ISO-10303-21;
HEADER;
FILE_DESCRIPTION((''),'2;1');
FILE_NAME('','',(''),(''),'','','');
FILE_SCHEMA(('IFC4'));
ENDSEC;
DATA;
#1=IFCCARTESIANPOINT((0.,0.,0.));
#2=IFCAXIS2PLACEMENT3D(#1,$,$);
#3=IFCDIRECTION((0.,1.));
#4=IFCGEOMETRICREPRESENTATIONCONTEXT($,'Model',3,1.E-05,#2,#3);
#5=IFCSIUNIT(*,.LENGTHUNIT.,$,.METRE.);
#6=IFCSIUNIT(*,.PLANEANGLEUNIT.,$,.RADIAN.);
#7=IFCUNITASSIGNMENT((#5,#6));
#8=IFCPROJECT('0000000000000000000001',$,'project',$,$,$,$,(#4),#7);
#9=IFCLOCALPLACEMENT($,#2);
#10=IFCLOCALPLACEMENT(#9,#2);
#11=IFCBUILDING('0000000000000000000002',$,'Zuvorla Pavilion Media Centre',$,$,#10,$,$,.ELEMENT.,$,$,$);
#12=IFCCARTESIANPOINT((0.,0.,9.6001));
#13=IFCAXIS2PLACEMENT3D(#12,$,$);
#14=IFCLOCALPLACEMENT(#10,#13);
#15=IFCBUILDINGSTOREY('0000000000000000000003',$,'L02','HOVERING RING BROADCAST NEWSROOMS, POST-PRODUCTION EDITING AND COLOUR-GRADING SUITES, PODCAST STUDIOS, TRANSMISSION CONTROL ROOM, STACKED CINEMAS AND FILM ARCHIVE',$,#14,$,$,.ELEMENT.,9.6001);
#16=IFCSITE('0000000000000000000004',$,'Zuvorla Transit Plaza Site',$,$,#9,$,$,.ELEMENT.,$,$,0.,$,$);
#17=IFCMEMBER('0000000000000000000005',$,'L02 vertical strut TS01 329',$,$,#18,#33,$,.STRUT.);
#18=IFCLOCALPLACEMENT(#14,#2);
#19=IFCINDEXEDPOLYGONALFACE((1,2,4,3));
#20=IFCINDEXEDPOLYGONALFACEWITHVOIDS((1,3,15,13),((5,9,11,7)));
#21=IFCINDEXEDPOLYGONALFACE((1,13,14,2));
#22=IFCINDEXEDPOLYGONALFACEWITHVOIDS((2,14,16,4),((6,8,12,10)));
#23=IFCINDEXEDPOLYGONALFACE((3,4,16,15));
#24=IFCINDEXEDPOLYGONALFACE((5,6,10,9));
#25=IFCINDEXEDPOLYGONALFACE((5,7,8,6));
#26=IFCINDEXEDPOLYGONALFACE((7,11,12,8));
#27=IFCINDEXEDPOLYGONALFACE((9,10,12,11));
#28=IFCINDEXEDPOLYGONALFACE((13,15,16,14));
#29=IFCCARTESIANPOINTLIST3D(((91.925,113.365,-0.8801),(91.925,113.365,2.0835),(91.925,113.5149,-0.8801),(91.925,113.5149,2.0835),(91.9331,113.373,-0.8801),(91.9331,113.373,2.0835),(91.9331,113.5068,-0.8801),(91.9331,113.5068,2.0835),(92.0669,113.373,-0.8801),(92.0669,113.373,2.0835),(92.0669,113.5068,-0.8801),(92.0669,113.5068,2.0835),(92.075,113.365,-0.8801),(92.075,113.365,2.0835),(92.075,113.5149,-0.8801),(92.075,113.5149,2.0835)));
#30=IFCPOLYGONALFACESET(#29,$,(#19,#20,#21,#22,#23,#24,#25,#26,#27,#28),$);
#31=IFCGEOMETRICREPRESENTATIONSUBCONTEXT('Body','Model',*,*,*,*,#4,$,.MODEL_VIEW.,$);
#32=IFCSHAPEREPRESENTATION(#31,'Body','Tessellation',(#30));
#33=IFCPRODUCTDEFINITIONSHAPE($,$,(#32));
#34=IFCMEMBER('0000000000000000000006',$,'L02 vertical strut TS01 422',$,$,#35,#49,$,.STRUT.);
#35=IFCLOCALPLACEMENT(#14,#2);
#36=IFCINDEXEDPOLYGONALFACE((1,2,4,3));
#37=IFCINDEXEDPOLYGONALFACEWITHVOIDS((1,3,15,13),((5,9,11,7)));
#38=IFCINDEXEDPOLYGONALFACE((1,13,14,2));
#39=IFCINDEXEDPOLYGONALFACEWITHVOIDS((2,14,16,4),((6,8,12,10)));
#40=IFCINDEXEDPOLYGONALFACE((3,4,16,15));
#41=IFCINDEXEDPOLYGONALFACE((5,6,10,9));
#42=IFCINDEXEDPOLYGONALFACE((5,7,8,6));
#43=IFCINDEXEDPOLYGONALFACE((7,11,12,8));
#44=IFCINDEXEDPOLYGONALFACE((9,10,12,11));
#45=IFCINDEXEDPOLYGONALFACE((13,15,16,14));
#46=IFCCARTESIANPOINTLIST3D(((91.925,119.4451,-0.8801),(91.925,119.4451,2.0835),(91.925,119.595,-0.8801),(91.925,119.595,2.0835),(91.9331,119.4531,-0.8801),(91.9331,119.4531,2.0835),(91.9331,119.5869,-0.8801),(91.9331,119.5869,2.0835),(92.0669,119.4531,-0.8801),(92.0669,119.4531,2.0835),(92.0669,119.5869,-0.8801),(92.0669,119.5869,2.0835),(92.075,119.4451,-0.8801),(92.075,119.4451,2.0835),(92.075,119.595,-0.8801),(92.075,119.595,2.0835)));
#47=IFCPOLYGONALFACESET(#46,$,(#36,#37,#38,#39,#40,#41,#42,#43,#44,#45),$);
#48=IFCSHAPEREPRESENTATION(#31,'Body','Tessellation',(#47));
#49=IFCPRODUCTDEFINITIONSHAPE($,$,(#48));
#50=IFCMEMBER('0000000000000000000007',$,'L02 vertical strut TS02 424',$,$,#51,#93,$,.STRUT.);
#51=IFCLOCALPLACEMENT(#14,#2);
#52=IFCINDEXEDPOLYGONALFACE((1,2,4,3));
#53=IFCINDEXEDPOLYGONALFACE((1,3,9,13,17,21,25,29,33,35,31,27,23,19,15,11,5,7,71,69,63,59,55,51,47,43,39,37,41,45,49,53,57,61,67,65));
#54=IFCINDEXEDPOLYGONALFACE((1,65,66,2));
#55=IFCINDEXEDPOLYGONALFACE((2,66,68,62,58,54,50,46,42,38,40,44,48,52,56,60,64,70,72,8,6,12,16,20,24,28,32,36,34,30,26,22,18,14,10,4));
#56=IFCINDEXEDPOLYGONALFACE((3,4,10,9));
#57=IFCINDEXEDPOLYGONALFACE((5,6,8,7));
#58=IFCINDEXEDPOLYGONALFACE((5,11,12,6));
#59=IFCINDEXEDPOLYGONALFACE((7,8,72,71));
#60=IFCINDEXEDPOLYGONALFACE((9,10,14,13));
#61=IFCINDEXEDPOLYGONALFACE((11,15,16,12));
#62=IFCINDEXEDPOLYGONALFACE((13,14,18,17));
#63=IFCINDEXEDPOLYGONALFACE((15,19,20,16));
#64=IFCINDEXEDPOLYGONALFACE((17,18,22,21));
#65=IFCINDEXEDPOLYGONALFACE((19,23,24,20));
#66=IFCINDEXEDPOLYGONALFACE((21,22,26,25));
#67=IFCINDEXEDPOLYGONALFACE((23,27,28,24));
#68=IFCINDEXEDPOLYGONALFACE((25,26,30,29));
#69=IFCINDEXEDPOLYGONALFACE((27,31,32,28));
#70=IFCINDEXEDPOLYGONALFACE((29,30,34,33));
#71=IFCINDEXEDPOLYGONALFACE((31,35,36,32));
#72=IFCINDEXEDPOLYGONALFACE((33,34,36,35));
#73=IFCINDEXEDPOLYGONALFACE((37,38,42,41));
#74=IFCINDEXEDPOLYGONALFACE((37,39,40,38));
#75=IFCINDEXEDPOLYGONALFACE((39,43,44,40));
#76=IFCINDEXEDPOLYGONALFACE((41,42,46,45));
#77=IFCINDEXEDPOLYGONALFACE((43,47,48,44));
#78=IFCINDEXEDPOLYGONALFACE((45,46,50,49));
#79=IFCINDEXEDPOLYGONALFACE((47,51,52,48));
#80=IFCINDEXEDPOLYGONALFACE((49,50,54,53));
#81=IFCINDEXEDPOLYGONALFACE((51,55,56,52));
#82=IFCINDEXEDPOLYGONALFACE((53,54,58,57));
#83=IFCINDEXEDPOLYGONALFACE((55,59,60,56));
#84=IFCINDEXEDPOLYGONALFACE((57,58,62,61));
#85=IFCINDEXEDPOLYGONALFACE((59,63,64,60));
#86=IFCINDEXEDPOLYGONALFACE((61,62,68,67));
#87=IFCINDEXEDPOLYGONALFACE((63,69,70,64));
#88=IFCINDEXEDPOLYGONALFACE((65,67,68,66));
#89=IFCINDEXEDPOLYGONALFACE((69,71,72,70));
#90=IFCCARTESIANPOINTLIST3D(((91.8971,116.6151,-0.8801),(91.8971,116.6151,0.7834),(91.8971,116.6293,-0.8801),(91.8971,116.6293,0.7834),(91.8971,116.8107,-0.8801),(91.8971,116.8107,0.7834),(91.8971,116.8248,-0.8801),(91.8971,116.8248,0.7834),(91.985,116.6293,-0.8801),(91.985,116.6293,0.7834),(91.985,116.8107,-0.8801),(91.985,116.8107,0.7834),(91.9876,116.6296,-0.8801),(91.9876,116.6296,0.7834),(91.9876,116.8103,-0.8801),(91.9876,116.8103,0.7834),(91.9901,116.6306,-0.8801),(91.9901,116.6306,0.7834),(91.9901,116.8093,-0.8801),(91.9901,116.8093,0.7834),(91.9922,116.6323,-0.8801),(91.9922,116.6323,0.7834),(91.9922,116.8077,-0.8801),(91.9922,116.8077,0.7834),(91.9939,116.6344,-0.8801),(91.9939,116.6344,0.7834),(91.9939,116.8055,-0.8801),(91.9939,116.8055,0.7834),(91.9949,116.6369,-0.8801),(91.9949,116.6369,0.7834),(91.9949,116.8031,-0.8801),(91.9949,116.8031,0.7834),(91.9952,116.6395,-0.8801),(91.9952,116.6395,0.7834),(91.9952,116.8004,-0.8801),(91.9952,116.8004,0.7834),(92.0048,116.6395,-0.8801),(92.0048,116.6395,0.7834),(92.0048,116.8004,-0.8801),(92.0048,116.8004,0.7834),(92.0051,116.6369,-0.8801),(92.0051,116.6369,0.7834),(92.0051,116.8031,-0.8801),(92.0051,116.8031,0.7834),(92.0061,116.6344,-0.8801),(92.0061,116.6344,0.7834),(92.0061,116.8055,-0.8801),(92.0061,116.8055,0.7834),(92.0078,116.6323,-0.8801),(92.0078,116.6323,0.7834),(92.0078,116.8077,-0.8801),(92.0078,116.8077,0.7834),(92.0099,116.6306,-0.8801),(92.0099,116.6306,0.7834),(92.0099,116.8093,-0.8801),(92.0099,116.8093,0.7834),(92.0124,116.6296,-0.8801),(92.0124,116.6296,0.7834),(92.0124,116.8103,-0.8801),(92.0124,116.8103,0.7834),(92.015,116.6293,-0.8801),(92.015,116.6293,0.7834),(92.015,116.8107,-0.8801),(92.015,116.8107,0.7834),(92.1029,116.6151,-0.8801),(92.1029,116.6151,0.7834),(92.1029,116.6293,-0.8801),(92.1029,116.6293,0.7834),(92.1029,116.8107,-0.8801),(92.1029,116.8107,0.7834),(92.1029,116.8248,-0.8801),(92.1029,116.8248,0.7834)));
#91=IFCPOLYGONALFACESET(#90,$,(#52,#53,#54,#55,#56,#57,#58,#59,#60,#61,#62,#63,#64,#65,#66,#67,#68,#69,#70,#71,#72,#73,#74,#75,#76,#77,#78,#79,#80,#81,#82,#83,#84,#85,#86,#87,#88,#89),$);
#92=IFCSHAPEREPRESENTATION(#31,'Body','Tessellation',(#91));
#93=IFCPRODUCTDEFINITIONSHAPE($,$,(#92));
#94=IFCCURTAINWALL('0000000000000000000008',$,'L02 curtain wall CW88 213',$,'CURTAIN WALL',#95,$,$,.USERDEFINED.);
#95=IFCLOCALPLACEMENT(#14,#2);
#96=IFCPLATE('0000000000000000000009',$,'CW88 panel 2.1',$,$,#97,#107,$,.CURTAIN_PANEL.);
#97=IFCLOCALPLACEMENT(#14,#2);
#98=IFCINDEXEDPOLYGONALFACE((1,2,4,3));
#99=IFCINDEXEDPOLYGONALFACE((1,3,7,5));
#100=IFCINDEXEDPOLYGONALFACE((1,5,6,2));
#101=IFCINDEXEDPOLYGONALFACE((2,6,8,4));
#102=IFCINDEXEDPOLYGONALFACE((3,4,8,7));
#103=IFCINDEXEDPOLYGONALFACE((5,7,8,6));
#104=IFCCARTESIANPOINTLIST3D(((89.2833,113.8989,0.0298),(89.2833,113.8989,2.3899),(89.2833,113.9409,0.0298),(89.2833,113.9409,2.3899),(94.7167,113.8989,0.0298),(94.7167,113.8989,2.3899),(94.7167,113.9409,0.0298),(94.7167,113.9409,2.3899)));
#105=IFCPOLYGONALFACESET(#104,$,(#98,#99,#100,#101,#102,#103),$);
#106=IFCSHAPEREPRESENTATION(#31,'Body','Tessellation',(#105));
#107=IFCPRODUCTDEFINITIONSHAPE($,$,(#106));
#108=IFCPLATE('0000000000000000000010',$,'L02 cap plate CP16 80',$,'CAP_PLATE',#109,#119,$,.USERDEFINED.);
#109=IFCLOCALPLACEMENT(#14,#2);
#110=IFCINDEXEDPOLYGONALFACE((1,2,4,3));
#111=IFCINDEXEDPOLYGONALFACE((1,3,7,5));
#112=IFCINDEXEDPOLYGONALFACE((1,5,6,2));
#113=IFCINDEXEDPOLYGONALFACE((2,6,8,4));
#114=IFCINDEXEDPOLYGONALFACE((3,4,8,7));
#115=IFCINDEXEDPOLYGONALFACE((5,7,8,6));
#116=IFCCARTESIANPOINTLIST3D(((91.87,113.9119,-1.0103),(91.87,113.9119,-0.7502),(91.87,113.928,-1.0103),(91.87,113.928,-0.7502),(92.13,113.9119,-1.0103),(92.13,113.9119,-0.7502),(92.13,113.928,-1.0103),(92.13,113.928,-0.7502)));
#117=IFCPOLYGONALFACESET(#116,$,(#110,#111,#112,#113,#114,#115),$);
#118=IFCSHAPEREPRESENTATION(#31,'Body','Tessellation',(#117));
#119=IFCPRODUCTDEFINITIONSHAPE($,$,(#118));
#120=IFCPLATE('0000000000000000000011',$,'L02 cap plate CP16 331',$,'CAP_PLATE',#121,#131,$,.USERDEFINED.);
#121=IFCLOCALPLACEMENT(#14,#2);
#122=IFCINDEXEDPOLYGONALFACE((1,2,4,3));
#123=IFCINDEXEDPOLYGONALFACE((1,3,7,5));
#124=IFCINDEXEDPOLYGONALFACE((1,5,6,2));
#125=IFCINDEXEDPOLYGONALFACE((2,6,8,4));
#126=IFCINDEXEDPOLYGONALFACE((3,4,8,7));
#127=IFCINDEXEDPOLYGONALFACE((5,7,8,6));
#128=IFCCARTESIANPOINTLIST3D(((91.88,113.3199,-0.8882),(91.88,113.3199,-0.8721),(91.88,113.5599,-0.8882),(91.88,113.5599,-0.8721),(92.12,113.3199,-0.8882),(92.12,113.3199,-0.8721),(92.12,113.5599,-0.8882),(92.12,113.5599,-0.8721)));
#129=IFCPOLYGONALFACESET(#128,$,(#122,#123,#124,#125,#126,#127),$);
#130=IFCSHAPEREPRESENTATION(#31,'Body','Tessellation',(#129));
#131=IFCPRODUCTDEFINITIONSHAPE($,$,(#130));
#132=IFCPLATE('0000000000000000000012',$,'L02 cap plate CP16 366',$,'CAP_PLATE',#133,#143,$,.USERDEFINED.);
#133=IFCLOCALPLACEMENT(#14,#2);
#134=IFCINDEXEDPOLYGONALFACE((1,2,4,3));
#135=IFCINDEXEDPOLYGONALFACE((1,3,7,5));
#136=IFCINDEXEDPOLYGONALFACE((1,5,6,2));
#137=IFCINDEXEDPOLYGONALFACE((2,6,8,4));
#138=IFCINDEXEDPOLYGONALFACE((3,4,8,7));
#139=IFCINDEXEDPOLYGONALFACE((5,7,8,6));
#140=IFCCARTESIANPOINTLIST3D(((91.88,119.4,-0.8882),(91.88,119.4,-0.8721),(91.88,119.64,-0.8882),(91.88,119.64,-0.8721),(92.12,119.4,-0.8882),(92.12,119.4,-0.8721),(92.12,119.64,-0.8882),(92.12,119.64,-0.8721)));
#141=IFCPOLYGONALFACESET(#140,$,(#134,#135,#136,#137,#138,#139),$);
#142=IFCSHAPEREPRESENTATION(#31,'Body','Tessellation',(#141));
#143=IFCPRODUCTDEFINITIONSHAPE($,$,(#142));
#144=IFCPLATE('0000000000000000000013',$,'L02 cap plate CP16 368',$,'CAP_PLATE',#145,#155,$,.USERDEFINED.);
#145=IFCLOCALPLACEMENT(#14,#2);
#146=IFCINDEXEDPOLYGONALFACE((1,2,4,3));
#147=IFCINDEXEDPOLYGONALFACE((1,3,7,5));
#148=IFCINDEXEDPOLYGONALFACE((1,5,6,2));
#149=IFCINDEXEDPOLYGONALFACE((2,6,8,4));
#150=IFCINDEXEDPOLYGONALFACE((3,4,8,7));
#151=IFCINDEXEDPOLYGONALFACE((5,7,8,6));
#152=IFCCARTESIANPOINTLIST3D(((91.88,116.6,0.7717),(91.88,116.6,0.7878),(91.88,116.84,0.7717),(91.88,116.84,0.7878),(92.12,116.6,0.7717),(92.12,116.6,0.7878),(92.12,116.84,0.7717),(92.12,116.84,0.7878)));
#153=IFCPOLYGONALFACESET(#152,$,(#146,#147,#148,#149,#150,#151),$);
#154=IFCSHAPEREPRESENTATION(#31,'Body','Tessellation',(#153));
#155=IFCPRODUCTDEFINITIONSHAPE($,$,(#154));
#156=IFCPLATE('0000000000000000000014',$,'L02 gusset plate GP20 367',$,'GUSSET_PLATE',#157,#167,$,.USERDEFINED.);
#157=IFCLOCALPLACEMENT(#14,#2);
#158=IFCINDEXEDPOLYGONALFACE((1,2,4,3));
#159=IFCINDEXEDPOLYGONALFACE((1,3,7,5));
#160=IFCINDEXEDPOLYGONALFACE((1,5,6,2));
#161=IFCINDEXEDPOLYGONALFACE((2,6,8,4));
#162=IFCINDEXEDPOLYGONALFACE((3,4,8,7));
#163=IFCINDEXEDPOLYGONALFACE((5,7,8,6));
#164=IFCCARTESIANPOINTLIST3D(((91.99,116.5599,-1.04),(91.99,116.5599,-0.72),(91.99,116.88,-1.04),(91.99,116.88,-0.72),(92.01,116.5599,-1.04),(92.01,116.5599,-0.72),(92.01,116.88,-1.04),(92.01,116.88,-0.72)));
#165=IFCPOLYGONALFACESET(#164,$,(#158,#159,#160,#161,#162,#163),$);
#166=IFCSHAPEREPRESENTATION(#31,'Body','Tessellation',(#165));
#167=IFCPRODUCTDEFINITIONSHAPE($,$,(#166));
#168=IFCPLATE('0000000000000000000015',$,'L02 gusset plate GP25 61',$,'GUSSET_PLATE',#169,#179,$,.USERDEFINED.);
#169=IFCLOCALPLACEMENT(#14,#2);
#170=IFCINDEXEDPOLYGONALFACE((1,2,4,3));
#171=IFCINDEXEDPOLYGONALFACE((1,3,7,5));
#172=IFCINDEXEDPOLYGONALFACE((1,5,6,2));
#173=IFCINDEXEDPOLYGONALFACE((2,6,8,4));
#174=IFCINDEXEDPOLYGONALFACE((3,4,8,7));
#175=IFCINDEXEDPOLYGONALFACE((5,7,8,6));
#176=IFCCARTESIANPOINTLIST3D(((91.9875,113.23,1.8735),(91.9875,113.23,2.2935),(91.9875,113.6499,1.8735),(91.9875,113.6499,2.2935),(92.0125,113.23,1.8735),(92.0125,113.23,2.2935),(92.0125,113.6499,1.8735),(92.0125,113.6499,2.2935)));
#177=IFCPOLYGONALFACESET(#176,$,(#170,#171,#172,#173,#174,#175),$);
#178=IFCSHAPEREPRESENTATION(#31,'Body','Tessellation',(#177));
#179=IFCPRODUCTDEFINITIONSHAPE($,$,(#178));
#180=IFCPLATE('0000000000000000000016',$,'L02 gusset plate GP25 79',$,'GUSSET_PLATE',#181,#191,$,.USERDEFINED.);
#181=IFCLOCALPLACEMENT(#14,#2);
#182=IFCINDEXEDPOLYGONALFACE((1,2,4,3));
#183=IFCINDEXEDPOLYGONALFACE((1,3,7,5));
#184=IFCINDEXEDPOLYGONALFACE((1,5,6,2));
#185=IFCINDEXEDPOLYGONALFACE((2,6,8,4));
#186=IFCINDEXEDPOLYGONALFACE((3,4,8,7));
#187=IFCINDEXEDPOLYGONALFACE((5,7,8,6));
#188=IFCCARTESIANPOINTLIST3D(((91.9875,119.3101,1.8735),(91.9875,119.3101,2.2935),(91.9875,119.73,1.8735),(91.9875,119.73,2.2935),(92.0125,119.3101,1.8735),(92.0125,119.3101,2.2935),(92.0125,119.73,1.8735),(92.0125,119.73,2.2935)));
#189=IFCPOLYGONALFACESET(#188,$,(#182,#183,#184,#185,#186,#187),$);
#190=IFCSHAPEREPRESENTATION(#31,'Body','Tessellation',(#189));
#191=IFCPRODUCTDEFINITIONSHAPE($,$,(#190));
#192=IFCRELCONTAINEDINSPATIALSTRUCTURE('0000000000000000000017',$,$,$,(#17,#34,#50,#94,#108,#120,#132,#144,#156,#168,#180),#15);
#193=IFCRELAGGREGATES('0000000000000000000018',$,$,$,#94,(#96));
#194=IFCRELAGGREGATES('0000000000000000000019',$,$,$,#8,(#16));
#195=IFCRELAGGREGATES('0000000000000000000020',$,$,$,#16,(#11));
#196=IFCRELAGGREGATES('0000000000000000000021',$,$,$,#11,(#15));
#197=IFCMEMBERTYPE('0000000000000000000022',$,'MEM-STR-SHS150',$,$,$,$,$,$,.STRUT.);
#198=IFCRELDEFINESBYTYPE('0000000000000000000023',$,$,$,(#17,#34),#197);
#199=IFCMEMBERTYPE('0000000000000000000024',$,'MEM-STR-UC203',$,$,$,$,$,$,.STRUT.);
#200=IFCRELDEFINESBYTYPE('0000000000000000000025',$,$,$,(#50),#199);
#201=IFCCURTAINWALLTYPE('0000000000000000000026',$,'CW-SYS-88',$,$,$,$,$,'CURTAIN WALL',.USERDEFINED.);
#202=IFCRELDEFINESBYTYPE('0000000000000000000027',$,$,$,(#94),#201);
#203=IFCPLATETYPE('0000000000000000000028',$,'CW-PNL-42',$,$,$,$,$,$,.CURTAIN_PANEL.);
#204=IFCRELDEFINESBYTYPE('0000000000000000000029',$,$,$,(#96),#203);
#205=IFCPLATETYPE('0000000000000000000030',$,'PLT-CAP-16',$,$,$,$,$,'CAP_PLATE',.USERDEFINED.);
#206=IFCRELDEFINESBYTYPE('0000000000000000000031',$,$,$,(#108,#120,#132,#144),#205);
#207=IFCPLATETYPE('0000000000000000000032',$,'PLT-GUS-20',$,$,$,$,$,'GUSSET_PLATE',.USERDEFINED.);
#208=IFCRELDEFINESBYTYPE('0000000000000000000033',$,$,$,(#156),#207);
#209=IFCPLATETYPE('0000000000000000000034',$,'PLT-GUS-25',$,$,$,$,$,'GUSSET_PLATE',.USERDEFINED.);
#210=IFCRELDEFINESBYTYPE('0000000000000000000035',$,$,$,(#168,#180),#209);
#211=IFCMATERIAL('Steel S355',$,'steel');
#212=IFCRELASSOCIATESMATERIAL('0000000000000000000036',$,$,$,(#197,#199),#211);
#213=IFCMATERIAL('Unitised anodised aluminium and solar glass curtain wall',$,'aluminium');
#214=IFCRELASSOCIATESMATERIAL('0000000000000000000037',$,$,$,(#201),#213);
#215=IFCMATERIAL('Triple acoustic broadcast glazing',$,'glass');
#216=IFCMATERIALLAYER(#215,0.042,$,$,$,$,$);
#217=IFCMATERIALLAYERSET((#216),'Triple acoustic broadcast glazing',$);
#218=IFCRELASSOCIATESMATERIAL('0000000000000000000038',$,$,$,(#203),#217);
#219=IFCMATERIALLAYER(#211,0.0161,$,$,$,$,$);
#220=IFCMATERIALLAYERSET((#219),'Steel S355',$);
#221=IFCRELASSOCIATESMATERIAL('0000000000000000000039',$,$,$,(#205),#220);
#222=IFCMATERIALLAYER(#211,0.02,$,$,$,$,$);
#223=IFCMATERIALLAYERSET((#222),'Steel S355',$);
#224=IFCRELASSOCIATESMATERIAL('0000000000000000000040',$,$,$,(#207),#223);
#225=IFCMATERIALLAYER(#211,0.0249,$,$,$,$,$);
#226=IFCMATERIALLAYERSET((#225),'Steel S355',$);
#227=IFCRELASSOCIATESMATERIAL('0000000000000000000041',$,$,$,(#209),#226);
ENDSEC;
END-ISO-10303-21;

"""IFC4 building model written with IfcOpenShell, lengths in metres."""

from ifc_helpers import new_model, si_unit, direction, frame, origin, origin_2d, place, context, subcontext, project, spatial, rectangle, hollow_rectangle, i_section, extrude, material, layer, layer_set, material_profile, profile_set, type_object, element, aggregate, save


model = new_model("IFC4")

# Units and contexts
model_context = context("Model", 3, precision=1e-05, world=origin(), true_north=direction((0.0, 1.0)))
body_context = subcontext(model_context, "Body", "Model", "MODEL_VIEW")
ifc_project = project(units=[si_unit("LENGTHUNIT", "METRE"), si_unit("PLANEANGLEUNIT", "RADIAN")], contexts=[model_context])

# Site, building, storey
site_placement = place(None, origin())
site = spatial("IfcSite", under=ifc_project, at=site_placement, Name="Zuvorla Transit Plaza Site", CompositionType="ELEMENT", RefElevation=0.0)
building_placement = place(site_placement, origin())
building = spatial("IfcBuilding", under=site, at=building_placement, Name="Zuvorla Pavilion Media Centre", CompositionType="ELEMENT")
storey_placement = place(building_placement, frame((0.0, 0.0, 9.6001)))
storey = spatial("IfcBuildingStorey", under=building, at=storey_placement, Name="L02", Description="HOVERING RING BROADCAST NEWSROOMS, POST-PRODUCTION EDITING AND COLOUR-GRADING SUITES, PODCAST STUDIOS, TRANSMISSION CONTROL ROOM, STACKED CINEMAS AND FILM ARCHIVE", CompositionType="ELEMENT", Elevation=9.6001)

# Shared definitions
ifc_material_1 = material(Name="Steel S355", Category="steel")

# Shared definitions
ifc_material_2 = material(Name="Unitised anodised aluminium and solar glass curtain wall", Category="aluminium")

# Members
ifc_material_profile_1 = material_profile(ifc_material_1, hollow_rectangle(XDim=0.1499, YDim=0.1499, WallThickness=0.0081, at=origin_2d()), Name="SHS 150x150x8")
ifc_profile_set_1 = profile_set([ifc_material_profile_1], Name="Steel S355")
member_type_1 = type_object("IfcMemberType", Name="MEM-STR-SHS150", PredefinedType="STRUT", material=ifc_profile_set_1)
for number, where, z_axis, x_axis, name in (
    (1, (92.0, 113.4399, -0.8801), (0.0, 0.0, 1.0), (1.0, 0.0, 0.0), "L02 vertical strut TS01 329"),
    (2, (92.0, 119.52, -0.8801), (0.0, 0.0, 1.0), (1.0, 0.0, 0.0), "L02 vertical strut TS01 422"),
):
    element("IfcMember", number, at=place(storey_placement, frame(where, z_axis=z_axis, x_axis=x_axis)), inside=storey, type_object=member_type_1, Name=name, PredefinedType="STRUT", context=body_context, shape_type="SweptSolid", body=[
        extrude(hollow_rectangle(XDim=0.1499, YDim=0.1499, WallThickness=0.0081, at=origin_2d()), origin(), (0.0, 0.0, 1.0), 2.9636),
    ])
ifc_material_profile_2 = material_profile(ifc_material_1, i_section(OverallWidth=0.2058, OverallDepth=0.2097, WebThickness=0.0095, FlangeThickness=0.0142, FilletRadius=0.0103, at=origin_2d()), Name="UC 203x203x60")
ifc_profile_set_2 = profile_set([ifc_material_profile_2], Name="Steel S355")
member_type_2 = type_object("IfcMemberType", Name="MEM-STR-UC203", PredefinedType="STRUT", material=ifc_profile_set_2)
member_1_placement = place(storey_placement, frame((92.0, 116.72, -0.8801), z_axis=(0.0, 0.0, 1.0), x_axis=(1.0, 0.0, 0.0)))
element("IfcMember", 3, at=member_1_placement, inside=storey, type_object=member_type_2, Name="L02 vertical strut TS02 424", PredefinedType="STRUT", context=body_context, shape_type="SweptSolid", body=[
    extrude(i_section(OverallWidth=0.2058, OverallDepth=0.2097, WebThickness=0.0095, FlangeThickness=0.0142, FilletRadius=0.0103, at=origin_2d()), origin(), (0.0, 0.0, 1.0), 1.6636),
])

# Curtain wall, plate
curtain_wall_type_1 = type_object("IfcCurtainWallType", Name="CW-SYS-88", ElementType="CURTAIN WALL", PredefinedType="USERDEFINED", material=ifc_material_2)
curtain_wall_1_placement = place(storey_placement, origin())
curtain_wall_1 = element("IfcCurtainWall", 4, at=curtain_wall_1_placement, inside=storey, type_object=curtain_wall_type_1, Name="L02 curtain wall CW88 213", ObjectType="CURTAIN WALL", PredefinedType="USERDEFINED")
ifc_material_3 = material(Name="Triple acoustic broadcast glazing", Category="glass")
ifc_layer_1 = layer(ifc_material_3, 0.042)
ifc_layer_set_1 = layer_set([ifc_layer_1], Name="Triple acoustic broadcast glazing")
plate_type_1 = type_object("IfcPlateType", Name="CW-PNL-42", PredefinedType="CURTAIN_PANEL", material=ifc_layer_set_1)
plate_1_placement = place(storey_placement, frame((92.0, 113.9199, 0.0298), z_axis=(0.0, 0.0, 1.0), x_axis=(1.0, 0.0, 0.0)))
plate_1 = element("IfcPlate", 5, at=plate_1_placement, type_object=plate_type_1, Name="CW88 panel 2.1", PredefinedType="CURTAIN_PANEL", context=body_context, shape_type="SweptSolid", body=[
    extrude(rectangle(XDim=5.4333, YDim=0.042, at=origin_2d()), origin(), (0.0, 0.0, 1.0), 2.3601),
])
aggregate(curtain_wall_1, [plate_1])

# Plates
ifc_layer_2 = layer(ifc_material_1, 0.0161)
ifc_layer_set_2 = layer_set([ifc_layer_2], Name="Steel S355")
plate_type_2 = type_object("IfcPlateType", Name="PLT-CAP-16", ElementType="CAP_PLATE", PredefinedType="USERDEFINED", material=ifc_layer_set_2)
plate_2_placement = place(storey_placement, frame((92.0, 113.9199, -1.0103), z_axis=(0.0, 0.0, 1.0), x_axis=(1.0, 0.0, 0.0)))
element("IfcPlate", 6, at=plate_2_placement, inside=storey, type_object=plate_type_2, Name="L02 cap plate CP16 80", ObjectType="CAP_PLATE", PredefinedType="USERDEFINED", context=body_context, shape_type="SweptSolid", body=[
    extrude(rectangle(XDim=0.26, YDim=0.0161, at=origin_2d()), origin(), (0.0, 0.0, 1.0), 0.26),
])
for number, where, z_axis, x_axis, name in (
    (7, (92.0, 113.4399, -0.8882), (0.0, 0.0, 1.0), (1.0, 0.0, 0.0), "L02 cap plate CP16 331"),
    (8, (92.0, 119.52, -0.8882), (0.0, 0.0, 1.0), (1.0, 0.0, 0.0), "L02 cap plate CP16 366"),
    (9, (92.0, 116.72, 0.7717), (0.0, 0.0, 1.0), (1.0, 0.0, 0.0), "L02 cap plate CP16 368"),
):
    element("IfcPlate", number, at=place(storey_placement, frame(where, z_axis=z_axis, x_axis=x_axis)), inside=storey, type_object=plate_type_2, Name=name, ObjectType="CAP_PLATE", PredefinedType="USERDEFINED", context=body_context, shape_type="SweptSolid", body=[
        extrude(rectangle(XDim=0.24, YDim=0.24, at=origin_2d()), origin(), (0.0, 0.0, 1.0), 0.0161),
    ])
ifc_layer_3 = layer(ifc_material_1, 0.02)
ifc_layer_set_3 = layer_set([ifc_layer_3], Name="Steel S355")
plate_type_3 = type_object("IfcPlateType", Name="PLT-GUS-20", ElementType="GUSSET_PLATE", PredefinedType="USERDEFINED", material=ifc_layer_set_3)
plate_3_placement = place(storey_placement, frame((92.0, 116.72, -1.04), z_axis=(0.0, 0.0, 1.0), x_axis=(1.0, 0.0, 0.0)))
element("IfcPlate", 10, at=plate_3_placement, inside=storey, type_object=plate_type_3, Name="L02 gusset plate GP20 367", ObjectType="GUSSET_PLATE", PredefinedType="USERDEFINED", context=body_context, shape_type="SweptSolid", body=[
    extrude(rectangle(XDim=0.02, YDim=0.3201, at=origin_2d()), origin(), (0.0, 0.0, 1.0), 0.3201),
])
ifc_layer_4 = layer(ifc_material_1, 0.0249)
ifc_layer_set_4 = layer_set([ifc_layer_4], Name="Steel S355")
plate_type_4 = type_object("IfcPlateType", Name="PLT-GUS-25", ElementType="GUSSET_PLATE", PredefinedType="USERDEFINED", material=ifc_layer_set_4)
for number, where, z_axis, x_axis, name in (
    (11, (92.0, 113.4399, 1.8735), (0.0, 0.0, 1.0), (1.0, 0.0, 0.0), "L02 gusset plate GP25 61"),
    (12, (92.0, 119.52, 1.8735), (0.0, 0.0, 1.0), (1.0, 0.0, 0.0), "L02 gusset plate GP25 79"),
):
    element("IfcPlate", number, at=place(storey_placement, frame(where, z_axis=z_axis, x_axis=x_axis)), inside=storey, type_object=plate_type_4, Name=name, ObjectType="GUSSET_PLATE", PredefinedType="USERDEFINED", context=body_context, shape_type="SweptSolid", body=[
        extrude(rectangle(XDim=0.0249, YDim=0.4199, at=origin_2d()), origin(), (0.0, 0.0, 1.0), 0.4199),
    ])

save(model, "model.ifc")
